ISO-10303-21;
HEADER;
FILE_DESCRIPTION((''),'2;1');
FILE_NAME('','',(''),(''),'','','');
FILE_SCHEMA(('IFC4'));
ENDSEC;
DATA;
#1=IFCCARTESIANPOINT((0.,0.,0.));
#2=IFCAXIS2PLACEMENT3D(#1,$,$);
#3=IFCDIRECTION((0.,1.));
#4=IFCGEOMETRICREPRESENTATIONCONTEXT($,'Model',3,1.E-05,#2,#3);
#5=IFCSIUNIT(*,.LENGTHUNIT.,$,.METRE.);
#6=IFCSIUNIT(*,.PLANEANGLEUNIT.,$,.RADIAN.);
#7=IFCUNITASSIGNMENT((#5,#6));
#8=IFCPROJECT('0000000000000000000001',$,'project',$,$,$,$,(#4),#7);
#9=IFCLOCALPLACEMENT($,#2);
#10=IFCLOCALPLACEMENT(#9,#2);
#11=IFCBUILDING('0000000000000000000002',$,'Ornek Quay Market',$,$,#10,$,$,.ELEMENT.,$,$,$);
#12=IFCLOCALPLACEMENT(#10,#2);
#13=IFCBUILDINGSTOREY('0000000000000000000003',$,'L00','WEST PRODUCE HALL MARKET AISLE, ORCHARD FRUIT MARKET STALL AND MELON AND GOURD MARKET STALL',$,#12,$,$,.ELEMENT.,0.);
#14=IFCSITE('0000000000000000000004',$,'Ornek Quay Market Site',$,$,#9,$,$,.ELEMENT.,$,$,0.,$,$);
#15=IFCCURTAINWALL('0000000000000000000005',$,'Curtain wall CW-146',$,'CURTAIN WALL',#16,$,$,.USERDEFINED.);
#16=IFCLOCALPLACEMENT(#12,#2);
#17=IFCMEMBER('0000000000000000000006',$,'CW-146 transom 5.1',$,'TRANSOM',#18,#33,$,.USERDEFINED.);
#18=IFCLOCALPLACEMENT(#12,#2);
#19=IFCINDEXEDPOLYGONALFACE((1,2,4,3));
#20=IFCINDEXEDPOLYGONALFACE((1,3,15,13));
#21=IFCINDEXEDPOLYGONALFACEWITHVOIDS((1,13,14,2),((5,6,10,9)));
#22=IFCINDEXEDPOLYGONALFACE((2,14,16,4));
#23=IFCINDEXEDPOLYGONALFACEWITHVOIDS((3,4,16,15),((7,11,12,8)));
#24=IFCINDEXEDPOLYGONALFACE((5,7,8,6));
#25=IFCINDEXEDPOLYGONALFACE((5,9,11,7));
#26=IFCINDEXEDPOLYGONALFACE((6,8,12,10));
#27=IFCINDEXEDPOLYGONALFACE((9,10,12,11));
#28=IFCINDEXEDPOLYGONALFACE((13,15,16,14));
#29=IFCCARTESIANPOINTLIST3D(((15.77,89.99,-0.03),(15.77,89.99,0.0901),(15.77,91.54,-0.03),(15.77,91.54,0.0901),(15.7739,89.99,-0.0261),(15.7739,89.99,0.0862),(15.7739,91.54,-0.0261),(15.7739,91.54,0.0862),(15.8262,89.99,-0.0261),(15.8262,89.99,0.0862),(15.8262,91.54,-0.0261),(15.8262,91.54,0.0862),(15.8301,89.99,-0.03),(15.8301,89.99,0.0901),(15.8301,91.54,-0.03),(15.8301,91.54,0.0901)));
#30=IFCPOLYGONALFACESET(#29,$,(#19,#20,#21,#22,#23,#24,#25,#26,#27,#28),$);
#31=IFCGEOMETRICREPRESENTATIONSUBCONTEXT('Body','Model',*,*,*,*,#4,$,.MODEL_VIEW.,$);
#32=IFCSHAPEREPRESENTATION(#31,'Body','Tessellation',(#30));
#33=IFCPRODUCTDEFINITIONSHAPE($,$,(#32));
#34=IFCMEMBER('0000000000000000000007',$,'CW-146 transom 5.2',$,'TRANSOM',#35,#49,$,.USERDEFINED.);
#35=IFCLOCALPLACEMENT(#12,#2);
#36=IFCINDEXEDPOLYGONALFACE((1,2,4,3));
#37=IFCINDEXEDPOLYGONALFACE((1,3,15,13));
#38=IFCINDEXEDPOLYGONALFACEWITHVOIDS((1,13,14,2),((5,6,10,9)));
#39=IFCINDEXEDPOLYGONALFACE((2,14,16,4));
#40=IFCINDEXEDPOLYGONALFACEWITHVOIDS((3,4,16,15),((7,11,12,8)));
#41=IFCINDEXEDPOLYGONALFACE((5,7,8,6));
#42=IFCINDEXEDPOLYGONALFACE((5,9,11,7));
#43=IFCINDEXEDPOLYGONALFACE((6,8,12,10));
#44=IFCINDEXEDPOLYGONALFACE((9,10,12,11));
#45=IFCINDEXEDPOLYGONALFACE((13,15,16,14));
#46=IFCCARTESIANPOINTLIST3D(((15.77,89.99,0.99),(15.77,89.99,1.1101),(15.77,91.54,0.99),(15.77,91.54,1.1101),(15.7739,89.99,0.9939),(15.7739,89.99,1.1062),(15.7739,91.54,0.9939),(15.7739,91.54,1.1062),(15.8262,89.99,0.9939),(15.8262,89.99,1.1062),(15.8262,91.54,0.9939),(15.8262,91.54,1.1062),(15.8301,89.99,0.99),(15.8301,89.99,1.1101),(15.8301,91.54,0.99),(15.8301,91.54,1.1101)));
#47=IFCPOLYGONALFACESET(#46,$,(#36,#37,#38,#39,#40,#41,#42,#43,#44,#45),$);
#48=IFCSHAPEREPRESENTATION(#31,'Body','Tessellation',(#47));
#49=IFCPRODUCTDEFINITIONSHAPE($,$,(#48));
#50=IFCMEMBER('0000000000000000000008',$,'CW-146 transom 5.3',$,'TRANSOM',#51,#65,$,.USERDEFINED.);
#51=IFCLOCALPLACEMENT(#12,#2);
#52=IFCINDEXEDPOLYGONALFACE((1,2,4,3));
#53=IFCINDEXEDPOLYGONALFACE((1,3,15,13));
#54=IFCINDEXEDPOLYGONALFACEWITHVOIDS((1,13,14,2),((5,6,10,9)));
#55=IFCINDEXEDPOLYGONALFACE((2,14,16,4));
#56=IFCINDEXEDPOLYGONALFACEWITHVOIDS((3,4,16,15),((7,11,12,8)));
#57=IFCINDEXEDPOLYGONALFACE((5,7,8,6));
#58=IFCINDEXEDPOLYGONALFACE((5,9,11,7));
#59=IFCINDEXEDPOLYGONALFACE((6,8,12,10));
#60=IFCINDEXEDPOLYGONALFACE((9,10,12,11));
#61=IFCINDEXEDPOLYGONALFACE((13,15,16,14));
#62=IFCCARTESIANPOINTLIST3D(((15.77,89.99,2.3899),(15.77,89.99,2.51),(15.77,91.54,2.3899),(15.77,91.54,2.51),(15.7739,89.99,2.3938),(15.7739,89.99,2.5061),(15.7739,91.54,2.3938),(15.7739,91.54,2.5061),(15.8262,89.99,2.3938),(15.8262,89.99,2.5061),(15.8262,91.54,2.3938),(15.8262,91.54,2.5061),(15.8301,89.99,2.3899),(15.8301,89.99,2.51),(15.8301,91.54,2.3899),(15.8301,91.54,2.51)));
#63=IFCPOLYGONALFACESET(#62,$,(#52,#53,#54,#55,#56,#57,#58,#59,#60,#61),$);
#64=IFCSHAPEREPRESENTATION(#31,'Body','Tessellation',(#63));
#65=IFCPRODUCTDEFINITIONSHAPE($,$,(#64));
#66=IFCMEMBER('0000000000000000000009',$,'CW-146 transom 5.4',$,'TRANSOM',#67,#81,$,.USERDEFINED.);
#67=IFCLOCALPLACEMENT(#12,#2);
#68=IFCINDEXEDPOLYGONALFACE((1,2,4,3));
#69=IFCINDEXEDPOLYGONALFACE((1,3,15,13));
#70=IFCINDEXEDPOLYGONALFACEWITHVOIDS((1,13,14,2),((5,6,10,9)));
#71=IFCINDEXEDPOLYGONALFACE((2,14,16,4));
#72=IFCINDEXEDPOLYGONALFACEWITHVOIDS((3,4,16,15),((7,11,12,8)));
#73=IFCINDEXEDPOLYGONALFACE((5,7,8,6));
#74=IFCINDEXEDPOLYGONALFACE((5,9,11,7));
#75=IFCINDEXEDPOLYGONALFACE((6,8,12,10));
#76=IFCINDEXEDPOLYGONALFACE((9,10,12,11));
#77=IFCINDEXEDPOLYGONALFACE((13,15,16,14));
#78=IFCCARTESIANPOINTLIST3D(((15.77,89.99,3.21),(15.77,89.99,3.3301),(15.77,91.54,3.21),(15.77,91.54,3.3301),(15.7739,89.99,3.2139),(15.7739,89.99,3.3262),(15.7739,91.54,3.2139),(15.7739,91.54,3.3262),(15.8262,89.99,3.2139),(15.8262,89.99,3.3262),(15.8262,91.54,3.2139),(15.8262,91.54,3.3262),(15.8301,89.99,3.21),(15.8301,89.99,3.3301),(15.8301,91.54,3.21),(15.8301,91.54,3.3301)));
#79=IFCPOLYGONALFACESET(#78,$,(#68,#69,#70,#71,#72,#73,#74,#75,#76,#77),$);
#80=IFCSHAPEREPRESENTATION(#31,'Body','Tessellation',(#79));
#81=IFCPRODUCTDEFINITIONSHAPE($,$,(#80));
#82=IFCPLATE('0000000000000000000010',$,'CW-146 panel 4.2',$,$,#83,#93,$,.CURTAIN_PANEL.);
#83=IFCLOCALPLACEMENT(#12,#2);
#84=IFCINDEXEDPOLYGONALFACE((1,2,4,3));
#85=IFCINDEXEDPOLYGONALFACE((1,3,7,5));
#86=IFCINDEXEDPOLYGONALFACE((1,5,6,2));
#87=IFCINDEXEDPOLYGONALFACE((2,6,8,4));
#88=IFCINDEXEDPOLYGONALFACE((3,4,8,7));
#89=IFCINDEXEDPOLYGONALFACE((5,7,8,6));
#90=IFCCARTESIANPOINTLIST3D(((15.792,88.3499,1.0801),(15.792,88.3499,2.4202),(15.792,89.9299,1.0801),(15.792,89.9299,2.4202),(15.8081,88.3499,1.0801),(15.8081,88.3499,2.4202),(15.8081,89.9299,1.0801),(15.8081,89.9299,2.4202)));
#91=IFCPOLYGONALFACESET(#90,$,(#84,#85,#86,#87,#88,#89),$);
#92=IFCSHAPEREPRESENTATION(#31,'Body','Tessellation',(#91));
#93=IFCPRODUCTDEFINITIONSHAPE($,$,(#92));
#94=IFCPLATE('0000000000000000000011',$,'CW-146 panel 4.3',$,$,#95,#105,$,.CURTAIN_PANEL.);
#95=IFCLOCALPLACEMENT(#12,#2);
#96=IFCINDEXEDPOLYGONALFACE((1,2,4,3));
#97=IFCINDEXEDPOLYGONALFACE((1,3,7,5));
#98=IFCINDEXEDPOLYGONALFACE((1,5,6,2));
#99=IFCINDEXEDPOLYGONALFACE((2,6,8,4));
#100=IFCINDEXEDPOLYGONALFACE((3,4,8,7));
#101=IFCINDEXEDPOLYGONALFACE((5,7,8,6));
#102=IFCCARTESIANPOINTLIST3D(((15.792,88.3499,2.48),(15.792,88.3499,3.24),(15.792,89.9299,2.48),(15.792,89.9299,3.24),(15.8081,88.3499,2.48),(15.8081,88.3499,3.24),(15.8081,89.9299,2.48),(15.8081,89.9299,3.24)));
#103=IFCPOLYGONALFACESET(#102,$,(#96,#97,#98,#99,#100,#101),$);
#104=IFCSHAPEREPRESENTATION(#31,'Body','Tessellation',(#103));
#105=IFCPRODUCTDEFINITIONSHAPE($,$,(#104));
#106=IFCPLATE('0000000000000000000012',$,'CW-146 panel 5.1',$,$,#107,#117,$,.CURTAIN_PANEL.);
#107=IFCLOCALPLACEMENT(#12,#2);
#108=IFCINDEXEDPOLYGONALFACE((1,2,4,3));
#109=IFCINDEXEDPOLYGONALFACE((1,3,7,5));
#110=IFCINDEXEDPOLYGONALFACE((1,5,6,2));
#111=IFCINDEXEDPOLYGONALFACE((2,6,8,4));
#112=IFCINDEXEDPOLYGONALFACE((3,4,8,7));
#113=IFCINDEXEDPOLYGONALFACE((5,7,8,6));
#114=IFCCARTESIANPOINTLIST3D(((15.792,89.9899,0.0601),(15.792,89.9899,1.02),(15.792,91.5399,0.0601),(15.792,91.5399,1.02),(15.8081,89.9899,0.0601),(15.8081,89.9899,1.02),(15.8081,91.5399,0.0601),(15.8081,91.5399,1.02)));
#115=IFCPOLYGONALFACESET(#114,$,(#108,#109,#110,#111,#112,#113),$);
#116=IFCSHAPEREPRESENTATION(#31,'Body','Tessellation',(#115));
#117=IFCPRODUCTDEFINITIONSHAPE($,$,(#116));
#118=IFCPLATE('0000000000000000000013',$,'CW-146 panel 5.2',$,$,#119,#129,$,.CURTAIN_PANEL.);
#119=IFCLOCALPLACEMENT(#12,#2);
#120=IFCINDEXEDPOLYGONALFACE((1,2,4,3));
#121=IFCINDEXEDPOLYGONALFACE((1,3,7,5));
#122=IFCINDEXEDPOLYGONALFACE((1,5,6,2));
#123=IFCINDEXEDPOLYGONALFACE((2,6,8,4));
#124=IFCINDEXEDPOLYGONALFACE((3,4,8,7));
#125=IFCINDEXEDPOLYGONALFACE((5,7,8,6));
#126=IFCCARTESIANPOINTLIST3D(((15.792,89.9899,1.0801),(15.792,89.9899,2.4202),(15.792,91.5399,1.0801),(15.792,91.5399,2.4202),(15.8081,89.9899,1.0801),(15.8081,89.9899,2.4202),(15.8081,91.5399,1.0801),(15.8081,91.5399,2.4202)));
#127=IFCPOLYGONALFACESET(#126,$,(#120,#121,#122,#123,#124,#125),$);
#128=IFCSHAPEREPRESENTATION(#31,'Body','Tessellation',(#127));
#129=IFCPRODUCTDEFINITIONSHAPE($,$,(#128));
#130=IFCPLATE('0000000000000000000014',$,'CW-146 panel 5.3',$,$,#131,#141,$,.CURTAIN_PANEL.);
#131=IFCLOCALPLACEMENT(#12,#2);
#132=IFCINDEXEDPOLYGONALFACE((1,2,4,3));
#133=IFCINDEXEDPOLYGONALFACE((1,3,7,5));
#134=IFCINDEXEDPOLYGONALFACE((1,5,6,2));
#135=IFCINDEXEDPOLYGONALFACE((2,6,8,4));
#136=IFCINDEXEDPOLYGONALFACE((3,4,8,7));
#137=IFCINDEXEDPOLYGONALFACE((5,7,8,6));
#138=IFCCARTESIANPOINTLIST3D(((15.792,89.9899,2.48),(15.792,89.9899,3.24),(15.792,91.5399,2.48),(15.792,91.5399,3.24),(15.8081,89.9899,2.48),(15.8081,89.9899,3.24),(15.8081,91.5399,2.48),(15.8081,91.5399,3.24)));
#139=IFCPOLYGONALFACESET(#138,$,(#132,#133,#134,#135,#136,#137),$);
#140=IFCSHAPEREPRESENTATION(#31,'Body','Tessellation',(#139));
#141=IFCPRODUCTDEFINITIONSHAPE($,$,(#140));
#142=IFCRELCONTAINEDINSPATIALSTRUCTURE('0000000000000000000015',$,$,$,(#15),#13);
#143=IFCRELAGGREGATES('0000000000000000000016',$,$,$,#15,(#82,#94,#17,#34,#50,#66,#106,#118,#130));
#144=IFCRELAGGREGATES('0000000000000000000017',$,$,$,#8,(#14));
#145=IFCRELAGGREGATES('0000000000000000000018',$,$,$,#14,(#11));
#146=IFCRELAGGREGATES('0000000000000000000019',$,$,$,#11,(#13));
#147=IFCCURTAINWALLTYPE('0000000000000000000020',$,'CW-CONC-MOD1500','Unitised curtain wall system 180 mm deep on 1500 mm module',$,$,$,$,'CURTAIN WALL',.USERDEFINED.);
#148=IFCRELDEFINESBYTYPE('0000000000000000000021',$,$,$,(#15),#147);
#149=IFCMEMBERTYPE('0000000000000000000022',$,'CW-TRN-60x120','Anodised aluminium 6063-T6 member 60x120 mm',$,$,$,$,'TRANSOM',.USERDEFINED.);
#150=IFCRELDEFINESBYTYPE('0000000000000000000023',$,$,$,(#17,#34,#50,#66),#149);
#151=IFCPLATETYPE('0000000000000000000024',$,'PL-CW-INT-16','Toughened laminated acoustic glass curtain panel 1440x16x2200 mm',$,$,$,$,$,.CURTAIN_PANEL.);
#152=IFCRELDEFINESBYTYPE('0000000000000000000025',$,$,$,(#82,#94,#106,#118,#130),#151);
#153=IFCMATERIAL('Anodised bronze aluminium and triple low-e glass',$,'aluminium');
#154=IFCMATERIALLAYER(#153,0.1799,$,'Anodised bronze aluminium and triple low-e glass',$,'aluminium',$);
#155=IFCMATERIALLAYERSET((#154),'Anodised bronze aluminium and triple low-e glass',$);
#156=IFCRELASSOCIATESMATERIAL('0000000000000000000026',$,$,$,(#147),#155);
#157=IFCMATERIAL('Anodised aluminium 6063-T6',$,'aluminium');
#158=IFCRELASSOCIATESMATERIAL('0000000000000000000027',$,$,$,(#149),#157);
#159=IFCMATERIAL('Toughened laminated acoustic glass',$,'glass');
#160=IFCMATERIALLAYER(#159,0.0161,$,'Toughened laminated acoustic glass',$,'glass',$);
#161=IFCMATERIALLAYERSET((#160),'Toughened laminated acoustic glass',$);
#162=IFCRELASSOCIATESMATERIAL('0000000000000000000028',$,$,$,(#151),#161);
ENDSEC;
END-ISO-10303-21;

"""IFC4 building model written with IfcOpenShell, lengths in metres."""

from ifc_helpers import new_model, si_unit, direction, frame, origin, origin_2d, place, context, subcontext, project, spatial, rectangle, hollow_rectangle, extrude, material, layer, layer_set, material_profile, profile_set, type_object, element, aggregate, save


model = new_model("IFC4")

# Units and contexts
model_context = context("Model", 3, precision=1e-05, world=origin(), true_north=direction((0.0, 1.0)))
body_context = subcontext(model_context, "Body", "Model", "MODEL_VIEW")
ifc_project = project(units=[si_unit("LENGTHUNIT", "METRE"), si_unit("PLANEANGLEUNIT", "RADIAN")], contexts=[model_context])

# Site, building, storey
site_placement = place(None, origin())
site = spatial("IfcSite", under=ifc_project, at=site_placement, Name="Ornek Quay Market Site", CompositionType="ELEMENT", RefElevation=0.0)
building_placement = place(site_placement, origin())
building = spatial("IfcBuilding", under=site, at=building_placement, Name="Ornek Quay Market", CompositionType="ELEMENT")
storey_placement = place(building_placement, origin())
storey = spatial("IfcBuildingStorey", under=building, at=storey_placement, Name="L00", Description="WEST PRODUCE HALL MARKET AISLE, ORCHARD FRUIT MARKET STALL AND MELON AND GOURD MARKET STALL", CompositionType="ELEMENT", Elevation=0.0)

# Curtain wall, members, plates
ifc_material_1 = material(Name="Anodised bronze aluminium and triple low-e glass", Category="aluminium")
ifc_layer_1 = layer(ifc_material_1, 0.1799, Name="Anodised bronze aluminium and triple low-e glass", Category="aluminium")
ifc_layer_set_1 = layer_set([ifc_layer_1], Name="Anodised bronze aluminium and triple low-e glass")
curtain_wall_type = type_object("IfcCurtainWallType", Name="CW-CONC-MOD1500", Description="Unitised curtain wall system 180 mm deep on 1500 mm module", ElementType="CURTAIN WALL", PredefinedType="USERDEFINED", material=ifc_layer_set_1)
curtain_wall_placement = place(storey_placement, origin())
curtain_wall = element("IfcCurtainWall", 1, at=curtain_wall_placement, inside=storey, type_object=curtain_wall_type, Name="Curtain wall CW-146", ObjectType="CURTAIN WALL", PredefinedType="USERDEFINED")
ifc_material_2 = material(Name="Anodised aluminium 6063-T6", Category="aluminium")
ifc_material_profile_1 = material_profile(ifc_material_2, hollow_rectangle(XDim=0.0601, YDim=0.1201, WallThickness=0.0039, at=origin_2d()), Name="CW-TRN-60x120", Category="aluminium")
ifc_profile_set_1 = profile_set([ifc_material_profile_1], Name="Anodised aluminium 6063-T6")
member_type_1 = type_object("IfcMemberType", Name="CW-TRN-60x120", Description="Anodised aluminium 6063-T6 member 60x120 mm", ElementType="TRANSOM", PredefinedType="USERDEFINED", material=ifc_profile_set_1)
member_1_placement = place(storey_placement, frame((15.8, 89.99, 0.03), z_axis=(0.0, 1.0, 0.0), x_axis=(-1.0, 0.0, 0.0)))
member_1 = element("IfcMember", 2, at=member_1_placement, type_object=member_type_1, Name="CW-146 transom 5.1", ObjectType="TRANSOM", PredefinedType="USERDEFINED", context=body_context, shape_type="SweptSolid", body=[
    extrude(hollow_rectangle(XDim=0.0601, YDim=0.1201, WallThickness=0.0039, at=origin_2d()), origin(), (0.0, 0.0, 1.0), 1.55),
])
member_2_placement = place(storey_placement, frame((15.8, 89.99, 1.05), z_axis=(0.0, 1.0, 0.0), x_axis=(-1.0, 0.0, 0.0)))
member_2 = element("IfcMember", 3, at=member_2_placement, type_object=member_type_1, Name="CW-146 transom 5.2", ObjectType="TRANSOM", PredefinedType="USERDEFINED", context=body_context, shape_type="SweptSolid", body=[
    extrude(hollow_rectangle(XDim=0.0601, YDim=0.1201, WallThickness=0.0039, at=origin_2d()), origin(), (0.0, 0.0, 1.0), 1.55),
])
member_3_placement = place(storey_placement, frame((15.8, 89.99, 2.45), z_axis=(0.0, 1.0, 0.0), x_axis=(-1.0, 0.0, 0.0)))
member_3 = element("IfcMember", 4, at=member_3_placement, type_object=member_type_1, Name="CW-146 transom 5.3", ObjectType="TRANSOM", PredefinedType="USERDEFINED", context=body_context, shape_type="SweptSolid", body=[
    extrude(hollow_rectangle(XDim=0.0601, YDim=0.1201, WallThickness=0.0039, at=origin_2d()), origin(), (0.0, 0.0, 1.0), 1.55),
])
member_4_placement = place(storey_placement, frame((15.8, 89.99, 3.27), z_axis=(0.0, 1.0, 0.0), x_axis=(-1.0, 0.0, 0.0)))
member_4 = element("IfcMember", 5, at=member_4_placement, type_object=member_type_1, Name="CW-146 transom 5.4", ObjectType="TRANSOM", PredefinedType="USERDEFINED", context=body_context, shape_type="SweptSolid", body=[
    extrude(hollow_rectangle(XDim=0.0601, YDim=0.1201, WallThickness=0.0039, at=origin_2d()), origin(), (0.0, 0.0, 1.0), 1.55),
])
ifc_material_3 = material(Name="Toughened laminated acoustic glass", Category="glass")
ifc_layer_2 = layer(ifc_material_3, 0.0161, Name="Toughened laminated acoustic glass", Category="glass")
ifc_layer_set_2 = layer_set([ifc_layer_2], Name="Toughened laminated acoustic glass")
plate_type = type_object("IfcPlateType", Name="PL-CW-INT-16", Description="Toughened laminated acoustic glass curtain panel 1440x16x2200 mm", PredefinedType="CURTAIN_PANEL", material=ifc_layer_set_2)
plate_1_placement = place(storey_placement, frame((15.8, 89.1399, 1.0801), z_axis=(0.0, 0.0, 1.0), x_axis=(0.0, 1.0, 0.0)))
plate_1 = element("IfcPlate", 6, at=plate_1_placement, type_object=plate_type, Name="CW-146 panel 4.2", PredefinedType="CURTAIN_PANEL", context=body_context, shape_type="SweptSolid", body=[
    extrude(rectangle(XDim=1.5801, YDim=0.0161, at=origin_2d()), origin(), (0.0, 0.0, 1.0), 1.3401),
])
plate_2_placement = place(storey_placement, frame((15.8, 89.1399, 2.48), z_axis=(0.0, 0.0, 1.0), x_axis=(0.0, 1.0, 0.0)))
plate_2 = element("IfcPlate", 7, at=plate_2_placement, type_object=plate_type, Name="CW-146 panel 4.3", PredefinedType="CURTAIN_PANEL", context=body_context, shape_type="SweptSolid", body=[
    extrude(rectangle(XDim=1.5801, YDim=0.0161, at=origin_2d()), origin(), (0.0, 0.0, 1.0), 0.76),
])
plate_3_placement = place(storey_placement, frame((15.8, 90.7649, 0.0601), z_axis=(0.0, 0.0, 1.0), x_axis=(0.0, 1.0, 0.0)))
plate_3 = element("IfcPlate", 8, at=plate_3_placement, type_object=plate_type, Name="CW-146 panel 5.1", PredefinedType="CURTAIN_PANEL", context=body_context, shape_type="SweptSolid", body=[
    extrude(rectangle(XDim=1.55, YDim=0.0161, at=origin_2d()), origin(), (0.0, 0.0, 1.0), 0.96),
])
plate_4_placement = place(storey_placement, frame((15.8, 90.7649, 1.0801), z_axis=(0.0, 0.0, 1.0), x_axis=(0.0, 1.0, 0.0)))
plate_4 = element("IfcPlate", 9, at=plate_4_placement, type_object=plate_type, Name="CW-146 panel 5.2", PredefinedType="CURTAIN_PANEL", context=body_context, shape_type="SweptSolid", body=[
    extrude(rectangle(XDim=1.55, YDim=0.0161, at=origin_2d()), origin(), (0.0, 0.0, 1.0), 1.3401),
])
plate_5_placement = place(storey_placement, frame((15.8, 90.7649, 2.48), z_axis=(0.0, 0.0, 1.0), x_axis=(0.0, 1.0, 0.0)))
plate_5 = element("IfcPlate", 10, at=plate_5_placement, type_object=plate_type, Name="CW-146 panel 5.3", PredefinedType="CURTAIN_PANEL", context=body_context, shape_type="SweptSolid", body=[
    extrude(rectangle(XDim=1.55, YDim=0.0161, at=origin_2d()), origin(), (0.0, 0.0, 1.0), 0.76),
])
aggregate(curtain_wall, [plate_1, plate_2, member_1, member_2, member_3, member_4, plate_3, plate_4, plate_5])

save(model, "model.ifc")
